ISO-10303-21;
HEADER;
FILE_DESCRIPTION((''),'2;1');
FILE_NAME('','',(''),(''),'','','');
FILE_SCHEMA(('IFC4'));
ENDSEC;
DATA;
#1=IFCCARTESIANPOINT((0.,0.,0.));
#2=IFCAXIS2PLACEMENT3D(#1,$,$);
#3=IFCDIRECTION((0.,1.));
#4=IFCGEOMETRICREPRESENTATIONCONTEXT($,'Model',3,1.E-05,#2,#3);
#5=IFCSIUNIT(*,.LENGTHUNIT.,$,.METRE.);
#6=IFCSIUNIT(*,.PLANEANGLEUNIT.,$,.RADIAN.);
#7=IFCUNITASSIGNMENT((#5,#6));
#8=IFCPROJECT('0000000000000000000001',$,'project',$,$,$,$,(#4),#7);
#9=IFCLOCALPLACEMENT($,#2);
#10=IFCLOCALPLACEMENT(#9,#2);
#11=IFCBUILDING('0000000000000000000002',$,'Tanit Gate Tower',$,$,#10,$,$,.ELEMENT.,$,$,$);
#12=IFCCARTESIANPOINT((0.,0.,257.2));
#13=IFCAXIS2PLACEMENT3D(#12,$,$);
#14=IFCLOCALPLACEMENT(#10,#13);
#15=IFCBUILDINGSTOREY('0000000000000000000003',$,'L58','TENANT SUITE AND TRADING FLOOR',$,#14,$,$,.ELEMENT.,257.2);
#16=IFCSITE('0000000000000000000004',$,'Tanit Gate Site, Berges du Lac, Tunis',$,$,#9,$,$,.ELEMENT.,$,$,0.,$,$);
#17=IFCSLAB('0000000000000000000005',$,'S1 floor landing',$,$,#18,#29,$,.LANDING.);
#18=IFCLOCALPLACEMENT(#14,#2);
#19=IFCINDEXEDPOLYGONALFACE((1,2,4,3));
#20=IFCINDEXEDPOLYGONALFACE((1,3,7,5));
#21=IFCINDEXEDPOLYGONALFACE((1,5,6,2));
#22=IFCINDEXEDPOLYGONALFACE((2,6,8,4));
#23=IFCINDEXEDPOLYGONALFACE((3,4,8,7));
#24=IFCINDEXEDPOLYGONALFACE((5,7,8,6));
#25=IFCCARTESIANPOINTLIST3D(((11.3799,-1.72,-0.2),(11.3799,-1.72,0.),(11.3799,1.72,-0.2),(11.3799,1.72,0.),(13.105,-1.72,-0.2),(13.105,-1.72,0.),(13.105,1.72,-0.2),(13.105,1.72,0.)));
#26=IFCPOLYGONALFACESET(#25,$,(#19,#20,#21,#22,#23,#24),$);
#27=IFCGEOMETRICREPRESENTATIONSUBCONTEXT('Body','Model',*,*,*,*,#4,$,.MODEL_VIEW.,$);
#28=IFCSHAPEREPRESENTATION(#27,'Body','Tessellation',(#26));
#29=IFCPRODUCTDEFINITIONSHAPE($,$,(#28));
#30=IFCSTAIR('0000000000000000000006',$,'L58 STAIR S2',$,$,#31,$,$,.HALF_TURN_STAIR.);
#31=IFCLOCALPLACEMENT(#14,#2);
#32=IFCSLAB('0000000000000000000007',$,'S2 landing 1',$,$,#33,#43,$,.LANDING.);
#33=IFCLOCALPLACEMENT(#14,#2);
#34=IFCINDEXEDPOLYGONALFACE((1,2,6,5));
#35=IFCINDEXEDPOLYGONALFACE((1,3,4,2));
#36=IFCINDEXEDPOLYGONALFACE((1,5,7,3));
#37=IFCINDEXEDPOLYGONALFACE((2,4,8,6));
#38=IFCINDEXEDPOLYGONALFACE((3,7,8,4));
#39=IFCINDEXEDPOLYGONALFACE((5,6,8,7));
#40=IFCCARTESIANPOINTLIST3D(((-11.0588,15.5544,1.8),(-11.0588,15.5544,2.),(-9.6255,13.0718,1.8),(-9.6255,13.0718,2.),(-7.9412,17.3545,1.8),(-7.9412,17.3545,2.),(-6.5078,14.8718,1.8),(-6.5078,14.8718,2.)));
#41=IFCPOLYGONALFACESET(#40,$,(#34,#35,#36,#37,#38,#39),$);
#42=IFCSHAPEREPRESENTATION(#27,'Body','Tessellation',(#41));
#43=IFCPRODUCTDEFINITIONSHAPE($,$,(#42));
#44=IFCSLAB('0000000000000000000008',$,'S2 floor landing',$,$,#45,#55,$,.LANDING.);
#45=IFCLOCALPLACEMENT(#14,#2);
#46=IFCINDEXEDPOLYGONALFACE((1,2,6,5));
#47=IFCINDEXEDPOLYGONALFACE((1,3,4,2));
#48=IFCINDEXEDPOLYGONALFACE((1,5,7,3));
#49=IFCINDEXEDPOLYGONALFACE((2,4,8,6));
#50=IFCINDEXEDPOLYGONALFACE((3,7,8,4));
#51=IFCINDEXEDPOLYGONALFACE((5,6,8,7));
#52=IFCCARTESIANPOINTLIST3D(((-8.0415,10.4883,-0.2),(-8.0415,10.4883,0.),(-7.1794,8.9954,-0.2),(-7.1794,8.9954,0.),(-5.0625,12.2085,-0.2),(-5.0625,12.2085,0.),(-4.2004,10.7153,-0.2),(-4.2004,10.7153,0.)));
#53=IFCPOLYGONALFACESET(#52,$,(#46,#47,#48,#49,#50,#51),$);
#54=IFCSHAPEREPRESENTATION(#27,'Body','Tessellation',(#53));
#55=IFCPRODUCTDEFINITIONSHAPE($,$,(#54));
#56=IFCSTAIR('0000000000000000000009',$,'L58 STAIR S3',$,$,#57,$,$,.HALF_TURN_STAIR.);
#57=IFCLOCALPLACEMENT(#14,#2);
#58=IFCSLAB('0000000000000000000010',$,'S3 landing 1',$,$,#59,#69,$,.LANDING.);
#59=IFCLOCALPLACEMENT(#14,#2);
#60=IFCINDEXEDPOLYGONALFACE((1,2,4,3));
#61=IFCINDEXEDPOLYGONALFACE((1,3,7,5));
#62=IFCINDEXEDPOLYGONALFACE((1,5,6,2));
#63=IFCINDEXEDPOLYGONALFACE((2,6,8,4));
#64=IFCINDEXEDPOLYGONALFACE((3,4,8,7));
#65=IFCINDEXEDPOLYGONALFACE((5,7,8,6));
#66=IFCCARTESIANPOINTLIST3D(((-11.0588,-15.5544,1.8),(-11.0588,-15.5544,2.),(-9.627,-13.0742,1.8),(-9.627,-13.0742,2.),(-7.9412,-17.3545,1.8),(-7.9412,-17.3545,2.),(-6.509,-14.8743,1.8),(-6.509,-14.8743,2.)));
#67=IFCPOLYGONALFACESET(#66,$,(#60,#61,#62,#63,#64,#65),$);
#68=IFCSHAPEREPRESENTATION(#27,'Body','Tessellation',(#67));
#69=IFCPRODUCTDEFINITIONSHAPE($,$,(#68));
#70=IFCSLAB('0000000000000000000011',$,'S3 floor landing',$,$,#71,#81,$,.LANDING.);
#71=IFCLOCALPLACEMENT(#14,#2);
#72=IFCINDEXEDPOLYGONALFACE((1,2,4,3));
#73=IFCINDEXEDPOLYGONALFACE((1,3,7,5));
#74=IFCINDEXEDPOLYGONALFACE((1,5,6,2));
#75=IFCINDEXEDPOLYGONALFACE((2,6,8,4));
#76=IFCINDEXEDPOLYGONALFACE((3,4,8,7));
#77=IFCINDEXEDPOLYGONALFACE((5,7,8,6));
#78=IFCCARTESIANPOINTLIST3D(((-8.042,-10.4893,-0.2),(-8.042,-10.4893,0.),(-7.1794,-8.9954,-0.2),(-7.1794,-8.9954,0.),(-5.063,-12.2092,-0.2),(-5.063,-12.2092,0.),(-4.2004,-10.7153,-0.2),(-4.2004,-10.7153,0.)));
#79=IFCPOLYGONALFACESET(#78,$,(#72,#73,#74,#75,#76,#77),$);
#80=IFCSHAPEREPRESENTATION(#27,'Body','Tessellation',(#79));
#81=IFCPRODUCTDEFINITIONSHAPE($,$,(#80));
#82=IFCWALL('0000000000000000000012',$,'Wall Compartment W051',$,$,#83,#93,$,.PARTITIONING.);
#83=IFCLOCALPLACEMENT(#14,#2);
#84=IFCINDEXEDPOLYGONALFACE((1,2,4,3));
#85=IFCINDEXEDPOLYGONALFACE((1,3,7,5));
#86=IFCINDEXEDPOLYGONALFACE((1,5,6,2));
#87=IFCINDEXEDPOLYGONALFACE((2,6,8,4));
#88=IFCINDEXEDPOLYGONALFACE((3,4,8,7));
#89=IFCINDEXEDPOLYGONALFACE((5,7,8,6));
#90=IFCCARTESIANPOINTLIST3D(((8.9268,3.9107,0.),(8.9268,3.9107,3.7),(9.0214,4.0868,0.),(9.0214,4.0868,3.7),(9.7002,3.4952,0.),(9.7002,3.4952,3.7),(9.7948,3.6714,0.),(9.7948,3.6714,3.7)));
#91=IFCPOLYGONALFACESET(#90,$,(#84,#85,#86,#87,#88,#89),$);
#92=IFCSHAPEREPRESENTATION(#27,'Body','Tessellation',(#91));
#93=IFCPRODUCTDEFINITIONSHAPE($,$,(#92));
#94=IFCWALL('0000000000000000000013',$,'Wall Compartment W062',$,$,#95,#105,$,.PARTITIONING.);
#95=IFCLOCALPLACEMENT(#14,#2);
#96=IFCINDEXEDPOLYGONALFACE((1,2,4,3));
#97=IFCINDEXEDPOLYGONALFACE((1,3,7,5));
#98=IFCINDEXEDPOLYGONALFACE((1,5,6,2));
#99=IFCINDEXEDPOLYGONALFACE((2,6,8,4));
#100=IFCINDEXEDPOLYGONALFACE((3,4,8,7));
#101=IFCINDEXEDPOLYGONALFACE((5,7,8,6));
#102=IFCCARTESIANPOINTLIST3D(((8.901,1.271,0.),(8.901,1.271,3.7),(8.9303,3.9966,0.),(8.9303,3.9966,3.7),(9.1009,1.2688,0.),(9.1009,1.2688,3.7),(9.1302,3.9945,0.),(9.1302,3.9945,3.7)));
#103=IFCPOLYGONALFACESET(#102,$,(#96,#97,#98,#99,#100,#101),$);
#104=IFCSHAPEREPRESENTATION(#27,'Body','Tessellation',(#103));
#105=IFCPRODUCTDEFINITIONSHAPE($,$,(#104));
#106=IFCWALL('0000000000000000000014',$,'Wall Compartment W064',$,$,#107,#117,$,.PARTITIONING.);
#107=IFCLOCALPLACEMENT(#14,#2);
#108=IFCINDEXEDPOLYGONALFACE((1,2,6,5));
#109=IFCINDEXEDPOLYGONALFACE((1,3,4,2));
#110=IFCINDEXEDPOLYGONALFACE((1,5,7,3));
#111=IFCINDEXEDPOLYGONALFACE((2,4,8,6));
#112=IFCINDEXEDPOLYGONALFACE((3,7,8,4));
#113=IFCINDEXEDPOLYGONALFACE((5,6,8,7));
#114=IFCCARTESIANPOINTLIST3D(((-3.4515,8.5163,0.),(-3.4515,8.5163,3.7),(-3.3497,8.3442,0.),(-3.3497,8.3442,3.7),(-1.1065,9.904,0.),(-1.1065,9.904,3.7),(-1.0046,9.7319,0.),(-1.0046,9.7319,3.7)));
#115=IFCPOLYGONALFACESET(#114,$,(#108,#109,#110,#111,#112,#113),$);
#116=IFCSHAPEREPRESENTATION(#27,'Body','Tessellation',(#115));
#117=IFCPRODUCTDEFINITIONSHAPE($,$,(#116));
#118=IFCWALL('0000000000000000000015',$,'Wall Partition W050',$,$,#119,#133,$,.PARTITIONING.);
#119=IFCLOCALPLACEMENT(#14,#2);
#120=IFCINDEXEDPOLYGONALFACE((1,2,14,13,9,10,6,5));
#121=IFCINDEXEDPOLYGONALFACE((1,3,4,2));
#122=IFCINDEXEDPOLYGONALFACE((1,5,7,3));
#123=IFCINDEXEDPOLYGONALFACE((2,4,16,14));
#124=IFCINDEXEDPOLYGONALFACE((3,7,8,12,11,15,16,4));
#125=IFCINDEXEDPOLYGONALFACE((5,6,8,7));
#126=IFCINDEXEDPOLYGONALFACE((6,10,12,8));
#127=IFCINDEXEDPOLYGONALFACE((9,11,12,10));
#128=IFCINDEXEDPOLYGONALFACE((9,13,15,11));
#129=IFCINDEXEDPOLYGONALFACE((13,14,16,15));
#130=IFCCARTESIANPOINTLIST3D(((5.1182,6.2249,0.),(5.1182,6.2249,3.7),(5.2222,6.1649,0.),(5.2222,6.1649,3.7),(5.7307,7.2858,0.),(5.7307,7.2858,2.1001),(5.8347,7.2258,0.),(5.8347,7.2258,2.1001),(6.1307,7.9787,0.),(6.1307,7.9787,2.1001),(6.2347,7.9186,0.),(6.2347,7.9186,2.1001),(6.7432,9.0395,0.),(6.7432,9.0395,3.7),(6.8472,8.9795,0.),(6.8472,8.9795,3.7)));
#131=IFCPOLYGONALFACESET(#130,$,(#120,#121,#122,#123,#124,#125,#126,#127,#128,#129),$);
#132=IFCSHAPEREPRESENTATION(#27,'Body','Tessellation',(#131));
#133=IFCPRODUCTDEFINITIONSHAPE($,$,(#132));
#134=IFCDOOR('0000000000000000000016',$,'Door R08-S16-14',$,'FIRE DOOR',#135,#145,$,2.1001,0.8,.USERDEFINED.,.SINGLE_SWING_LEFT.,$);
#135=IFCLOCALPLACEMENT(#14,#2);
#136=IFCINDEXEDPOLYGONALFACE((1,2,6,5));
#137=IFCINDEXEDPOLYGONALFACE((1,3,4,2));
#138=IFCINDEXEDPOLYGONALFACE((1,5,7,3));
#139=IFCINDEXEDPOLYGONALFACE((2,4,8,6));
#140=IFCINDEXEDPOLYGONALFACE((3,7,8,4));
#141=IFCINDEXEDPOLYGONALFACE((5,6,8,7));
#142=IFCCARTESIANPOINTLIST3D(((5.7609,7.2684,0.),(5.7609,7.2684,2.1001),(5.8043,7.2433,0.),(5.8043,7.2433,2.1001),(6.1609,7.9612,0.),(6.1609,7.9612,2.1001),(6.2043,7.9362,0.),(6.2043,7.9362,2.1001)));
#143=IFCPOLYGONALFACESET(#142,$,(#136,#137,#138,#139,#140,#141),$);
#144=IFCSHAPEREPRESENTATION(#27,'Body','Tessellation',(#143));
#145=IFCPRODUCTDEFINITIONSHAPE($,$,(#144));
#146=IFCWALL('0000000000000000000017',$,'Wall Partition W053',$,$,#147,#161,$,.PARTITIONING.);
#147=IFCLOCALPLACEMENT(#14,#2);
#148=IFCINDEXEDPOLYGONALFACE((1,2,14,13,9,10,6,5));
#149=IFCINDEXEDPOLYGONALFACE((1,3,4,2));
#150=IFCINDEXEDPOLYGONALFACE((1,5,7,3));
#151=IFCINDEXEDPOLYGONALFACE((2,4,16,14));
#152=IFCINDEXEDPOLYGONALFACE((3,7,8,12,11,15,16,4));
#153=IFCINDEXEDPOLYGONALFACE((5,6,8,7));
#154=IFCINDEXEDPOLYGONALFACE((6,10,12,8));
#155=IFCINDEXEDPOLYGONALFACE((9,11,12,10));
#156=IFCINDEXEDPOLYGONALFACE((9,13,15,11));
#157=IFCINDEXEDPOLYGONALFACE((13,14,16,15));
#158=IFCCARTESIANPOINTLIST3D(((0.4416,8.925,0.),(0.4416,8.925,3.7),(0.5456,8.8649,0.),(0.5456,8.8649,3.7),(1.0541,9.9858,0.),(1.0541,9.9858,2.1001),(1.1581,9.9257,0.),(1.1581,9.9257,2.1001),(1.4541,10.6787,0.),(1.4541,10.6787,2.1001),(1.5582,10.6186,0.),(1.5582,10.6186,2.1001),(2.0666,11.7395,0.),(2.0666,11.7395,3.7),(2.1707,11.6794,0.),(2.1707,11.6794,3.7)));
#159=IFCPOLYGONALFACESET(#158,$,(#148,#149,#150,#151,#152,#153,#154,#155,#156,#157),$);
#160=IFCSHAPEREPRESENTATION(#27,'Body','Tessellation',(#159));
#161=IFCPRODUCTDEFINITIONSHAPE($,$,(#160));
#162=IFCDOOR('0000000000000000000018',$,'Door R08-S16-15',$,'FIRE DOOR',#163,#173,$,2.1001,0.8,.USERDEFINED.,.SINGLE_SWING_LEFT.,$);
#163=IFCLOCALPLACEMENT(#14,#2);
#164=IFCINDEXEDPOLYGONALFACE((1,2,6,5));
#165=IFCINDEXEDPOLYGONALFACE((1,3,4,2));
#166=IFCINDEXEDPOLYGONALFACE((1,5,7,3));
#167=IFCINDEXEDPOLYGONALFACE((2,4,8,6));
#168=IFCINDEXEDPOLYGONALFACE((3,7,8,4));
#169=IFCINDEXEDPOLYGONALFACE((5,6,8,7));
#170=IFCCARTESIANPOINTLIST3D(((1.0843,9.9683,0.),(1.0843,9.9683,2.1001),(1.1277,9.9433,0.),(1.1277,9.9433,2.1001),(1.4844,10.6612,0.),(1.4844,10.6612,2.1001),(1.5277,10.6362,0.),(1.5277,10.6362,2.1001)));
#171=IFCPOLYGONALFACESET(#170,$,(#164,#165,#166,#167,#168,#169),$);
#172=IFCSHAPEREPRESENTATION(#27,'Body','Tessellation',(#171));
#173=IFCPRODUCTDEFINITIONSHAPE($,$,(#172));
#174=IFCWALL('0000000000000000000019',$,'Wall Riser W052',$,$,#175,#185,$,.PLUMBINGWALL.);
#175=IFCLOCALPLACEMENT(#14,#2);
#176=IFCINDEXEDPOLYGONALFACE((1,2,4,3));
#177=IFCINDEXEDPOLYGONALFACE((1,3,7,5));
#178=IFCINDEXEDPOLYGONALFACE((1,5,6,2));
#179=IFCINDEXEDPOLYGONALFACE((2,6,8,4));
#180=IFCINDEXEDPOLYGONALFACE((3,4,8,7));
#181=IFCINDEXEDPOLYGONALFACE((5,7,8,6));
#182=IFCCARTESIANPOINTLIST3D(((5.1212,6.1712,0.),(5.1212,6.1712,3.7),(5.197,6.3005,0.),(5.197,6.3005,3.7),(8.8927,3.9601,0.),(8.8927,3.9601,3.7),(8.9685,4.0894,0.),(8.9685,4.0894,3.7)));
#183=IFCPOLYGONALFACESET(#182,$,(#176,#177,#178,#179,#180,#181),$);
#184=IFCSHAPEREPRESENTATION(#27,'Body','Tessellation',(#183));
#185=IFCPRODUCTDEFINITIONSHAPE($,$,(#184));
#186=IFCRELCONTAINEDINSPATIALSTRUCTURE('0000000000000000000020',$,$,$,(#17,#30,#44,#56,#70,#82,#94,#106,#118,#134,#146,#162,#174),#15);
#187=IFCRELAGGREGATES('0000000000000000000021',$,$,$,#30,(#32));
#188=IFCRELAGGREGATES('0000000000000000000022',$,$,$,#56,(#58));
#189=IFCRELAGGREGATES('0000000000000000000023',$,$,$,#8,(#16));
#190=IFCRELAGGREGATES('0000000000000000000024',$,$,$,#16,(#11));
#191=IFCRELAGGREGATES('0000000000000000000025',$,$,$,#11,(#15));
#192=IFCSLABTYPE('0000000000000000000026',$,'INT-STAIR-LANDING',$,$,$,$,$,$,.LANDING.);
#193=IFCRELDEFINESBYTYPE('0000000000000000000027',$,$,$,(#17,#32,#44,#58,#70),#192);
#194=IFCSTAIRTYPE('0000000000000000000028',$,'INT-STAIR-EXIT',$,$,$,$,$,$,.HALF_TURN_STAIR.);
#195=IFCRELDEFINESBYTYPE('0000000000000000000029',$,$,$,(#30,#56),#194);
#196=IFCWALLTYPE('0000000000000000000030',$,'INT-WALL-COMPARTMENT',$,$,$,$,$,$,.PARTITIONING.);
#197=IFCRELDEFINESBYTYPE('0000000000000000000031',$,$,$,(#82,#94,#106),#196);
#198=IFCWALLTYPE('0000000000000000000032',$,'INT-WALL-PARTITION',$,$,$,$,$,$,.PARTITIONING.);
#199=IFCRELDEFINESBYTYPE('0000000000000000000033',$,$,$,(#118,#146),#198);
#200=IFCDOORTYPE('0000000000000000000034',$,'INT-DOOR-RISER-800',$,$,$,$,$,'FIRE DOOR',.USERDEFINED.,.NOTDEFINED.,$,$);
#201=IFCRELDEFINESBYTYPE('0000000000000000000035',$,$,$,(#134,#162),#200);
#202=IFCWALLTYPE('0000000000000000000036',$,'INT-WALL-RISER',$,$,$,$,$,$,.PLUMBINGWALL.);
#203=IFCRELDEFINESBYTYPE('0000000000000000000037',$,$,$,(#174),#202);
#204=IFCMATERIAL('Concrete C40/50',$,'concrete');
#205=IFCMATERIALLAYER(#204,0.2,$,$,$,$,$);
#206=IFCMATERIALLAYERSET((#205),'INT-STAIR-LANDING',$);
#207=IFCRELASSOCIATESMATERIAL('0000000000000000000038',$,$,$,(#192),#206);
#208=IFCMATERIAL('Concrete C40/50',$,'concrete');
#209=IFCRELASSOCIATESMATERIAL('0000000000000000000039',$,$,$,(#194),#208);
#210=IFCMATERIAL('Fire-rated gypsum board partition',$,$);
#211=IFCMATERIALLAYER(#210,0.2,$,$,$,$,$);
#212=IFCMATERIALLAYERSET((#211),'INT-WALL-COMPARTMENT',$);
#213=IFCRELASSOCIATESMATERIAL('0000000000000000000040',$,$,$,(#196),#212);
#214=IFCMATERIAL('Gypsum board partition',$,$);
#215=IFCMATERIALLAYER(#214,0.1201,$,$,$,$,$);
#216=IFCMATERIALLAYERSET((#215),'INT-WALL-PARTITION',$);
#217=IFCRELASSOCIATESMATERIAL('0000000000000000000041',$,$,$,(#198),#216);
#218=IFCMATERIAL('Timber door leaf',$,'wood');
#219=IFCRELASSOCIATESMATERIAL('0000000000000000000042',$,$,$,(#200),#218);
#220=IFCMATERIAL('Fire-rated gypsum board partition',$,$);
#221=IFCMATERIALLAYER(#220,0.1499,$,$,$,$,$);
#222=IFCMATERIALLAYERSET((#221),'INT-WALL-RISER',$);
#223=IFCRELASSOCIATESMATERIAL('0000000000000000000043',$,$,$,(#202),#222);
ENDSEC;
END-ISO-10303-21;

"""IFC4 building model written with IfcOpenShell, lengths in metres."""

from ifc_helpers import new_model, si_unit, direction, frame, frame_2d, origin, place, context, subcontext, project, spatial, polyline, rectangle, outline, extrude, material, layer, layer_set, type_object, element, fill, aggregate, save


model = new_model("IFC4")

# Units and contexts
model_context = context("Model", 3, precision=1e-05, world=origin(), true_north=direction((0.0, 1.0)))
body_context = subcontext(model_context, "Body", "Model", "MODEL_VIEW")
ifc_project = project(units=[si_unit("LENGTHUNIT", "METRE"), si_unit("PLANEANGLEUNIT", "RADIAN")], contexts=[model_context])

# Site, building, storey
site_placement = place(None, origin())
site = spatial("IfcSite", under=ifc_project, at=site_placement, Name="Tanit Gate Site, Berges du Lac, Tunis", CompositionType="ELEMENT", RefElevation=0.0)
building_placement = place(site_placement, origin())
building = spatial("IfcBuilding", under=site, at=building_placement, Name="Tanit Gate Tower", CompositionType="ELEMENT")
storey_placement = place(building_placement, frame((0.0, 0.0, 257.2)))
storey = spatial("IfcBuildingStorey", under=building, at=storey_placement, Name="L58", Description="TENANT SUITE AND TRADING FLOOR", CompositionType="ELEMENT", Elevation=257.2)

# Slab
ifc_material_1 = material(Name="Concrete C40/50", Category="concrete")
ifc_layer_1 = layer(ifc_material_1, 0.2)
ifc_layer_set_1 = layer_set([ifc_layer_1], Name="INT-STAIR-LANDING")
slab_type = type_object("IfcSlabType", Name="INT-STAIR-LANDING", PredefinedType="LANDING", material=ifc_layer_set_1)
slab_1_placement = place(storey_placement, frame((0.0, 0.0, -0.2)))
element("IfcSlab", 1, at=slab_1_placement, inside=storey, type_object=slab_type, Name="S1 floor landing", PredefinedType="LANDING", context=body_context, shape_type="SweptSolid", body=[
    extrude(outline(polyline([(11.3799, -1.72), (13.105, -1.72), (13.105, 1.72), (11.3799, 1.72), (11.3799, -1.72)])), origin(), (0.0, 0.0, 1.0), 0.2),
])

# Stair, slab
ifc_material_2 = material(Name="Concrete C40/50", Category="concrete")
stair_type = type_object("IfcStairType", Name="INT-STAIR-EXIT", PredefinedType="HALF_TURN_STAIR", material=ifc_material_2)
stair_1_placement = place(storey_placement, origin())
stair_1 = element("IfcStair", 2, at=stair_1_placement, inside=storey, type_object=stair_type, Name="L58 STAIR S2", PredefinedType="HALF_TURN_STAIR")
slab_2_placement = place(storey_placement, frame((0.0, 0.0, 1.8)))
slab_2 = element("IfcSlab", 3, at=slab_2_placement, type_object=slab_type, Name="S2 landing 1", PredefinedType="LANDING", context=body_context, shape_type="SweptSolid", body=[
    extrude(outline(polyline([(-6.5078, 14.8718), (-7.9412, 17.3545), (-11.0588, 15.5544), (-9.6255, 13.0718), (-6.5078, 14.8718)])), origin(), (0.0, 0.0, 1.0), 0.2),
])
aggregate(stair_1, [slab_2])

# Slab
slab_3_placement = place(storey_placement, frame((0.0, 0.0, -0.2)))
element("IfcSlab", 4, at=slab_3_placement, inside=storey, type_object=slab_type, Name="S2 floor landing", PredefinedType="LANDING", context=body_context, shape_type="SweptSolid", body=[
    extrude(outline(polyline([(-4.2004, 10.7153), (-5.0625, 12.2085), (-8.0415, 10.4883), (-7.1794, 8.9954), (-4.2004, 10.7153)])), origin(), (0.0, 0.0, 1.0), 0.2),
])

# Stair, slab
stair_2_placement = place(storey_placement, origin())
stair_2 = element("IfcStair", 5, at=stair_2_placement, inside=storey, type_object=stair_type, Name="L58 STAIR S3", PredefinedType="HALF_TURN_STAIR")
slab_4_placement = place(storey_placement, frame((0.0, 0.0, 1.8)))
slab_4 = element("IfcSlab", 6, at=slab_4_placement, type_object=slab_type, Name="S3 landing 1", PredefinedType="LANDING", context=body_context, shape_type="SweptSolid", body=[
    extrude(outline(polyline([(-9.627, -13.0742), (-11.0588, -15.5544), (-7.9412, -17.3545), (-6.509, -14.8743), (-9.627, -13.0742)])), origin(), (0.0, 0.0, 1.0), 0.2),
])
aggregate(stair_2, [slab_4])

# Slab
slab_5_placement = place(storey_placement, frame((0.0, 0.0, -0.2)))
element("IfcSlab", 7, at=slab_5_placement, inside=storey, type_object=slab_type, Name="S3 floor landing", PredefinedType="LANDING", context=body_context, shape_type="SweptSolid", body=[
    extrude(outline(polyline([(-7.1794, -8.9954), (-8.042, -10.4893), (-5.063, -12.2092), (-4.2004, -10.7153), (-7.1794, -8.9954)])), origin(), (0.0, 0.0, 1.0), 0.2),
])

# Walls
ifc_material_3 = material(Name="Fire-rated gypsum board partition")
ifc_layer_2 = layer(ifc_material_3, 0.2)
ifc_layer_set_2 = layer_set([ifc_layer_2], Name="INT-WALL-COMPARTMENT")
wall_type_1 = type_object("IfcWallType", Name="INT-WALL-COMPARTMENT", PredefinedType="PARTITIONING", material=ifc_layer_set_2)
wall_1_placement = place(storey_placement, frame((8.9741, 3.9988, 0.0), z_axis=(0.0, 0.0, 1.0), x_axis=(0.880917, -0.473271, 0.0)))
element("IfcWall", 8, at=wall_1_placement, inside=storey, type_object=wall_type_1, Name="Wall Compartment W051", PredefinedType="PARTITIONING", context=body_context, shape_type="SweptSolid", body=[
    extrude(rectangle(XDim=0.8779, YDim=0.2, at=frame_2d((0.439, 0.0))), origin(), (0.0, 0.0, 1.0), 3.7),
])
wall_2_placement = place(storey_placement, frame((9.001, 1.27, 0.0), z_axis=(0.0, 0.0, 1.0), x_axis=(0.010748, 0.999942, 0.0)))
element("IfcWall", 9, at=wall_2_placement, inside=storey, type_object=wall_type_1, Name="Wall Compartment W062", PredefinedType="PARTITIONING", context=body_context, shape_type="SweptSolid", body=[
    extrude(rectangle(XDim=2.7258, YDim=0.2, at=frame_2d((1.3628, 0.0))), origin(), (0.0, 0.0, 1.0), 3.7),
])
wall_3_placement = place(storey_placement, frame((-1.0557, 9.8179, 0.0), z_axis=(0.0, 0.0, 1.0), x_axis=(-0.8606, -0.509282, 0.0)))
element("IfcWall", 10, at=wall_3_placement, inside=storey, type_object=wall_type_1, Name="Wall Compartment W064", PredefinedType="PARTITIONING", context=body_context, shape_type="SweptSolid", body=[
    extrude(rectangle(XDim=2.7249, YDim=0.2, at=frame_2d((1.3623, 0.0))), origin(), (0.0, 0.0, 1.0), 3.7),
])

# Walls, openings, doors
ifc_material_4 = material(Name="Gypsum board partition")
ifc_layer_3 = layer(ifc_material_4, 0.1201)
ifc_layer_set_3 = layer_set([ifc_layer_3], Name="INT-WALL-PARTITION")
wall_type_2 = type_object("IfcWallType", Name="INT-WALL-PARTITION", PredefinedType="PARTITIONING", material=ifc_layer_set_3)
wall_4_placement = place(storey_placement, frame((6.7952, 9.0095, 0.0), z_axis=(0.0, 0.0, 1.0), x_axis=(-0.499985, -0.866034, 0.0)))
wall_4 = element("IfcWall", 11, at=wall_4_placement, inside=storey, type_object=wall_type_2, Name="Wall Partition W050", PredefinedType="PARTITIONING", context=body_context, shape_type="SweptSolid", body=[
    extrude(rectangle(XDim=3.25, YDim=0.1201, at=frame_2d((1.625, 0.0))), origin(), (0.0, 0.0, 1.0), 3.7),
])
opening_1_placement = place(wall_4_placement, frame((1.2251, 0.0, 0.0)))
opening_1 = element("IfcOpeningElement", 12, at=opening_1_placement, cuts=wall_4, PredefinedType="OPENING", context=body_context, shape_type="SweptSolid", body=[
    extrude(rectangle(XDim=0.8, YDim=2.1001, at=frame_2d((0.3999, 1.05))), frame((0.0, 0.0701, 0.0), z_axis=(0.0, -1.0, 0.0), x_axis=(1.0, 0.0, 0.0)), (0.0, 0.0, 1.0), 0.1401),
])
ifc_material_5 = material(Name="Timber door leaf", Category="wood")
door_type_1 = type_object("IfcDoorType", Name="INT-DOOR-RISER-800", ElementType="FIRE DOOR", OperationType="NOTDEFINED", PredefinedType="USERDEFINED", material=ifc_material_5)
door_1_placement = place(opening_1_placement, origin())
door_1 = element("IfcDoor", 13, at=door_1_placement, inside=storey, type_object=door_type_1, Name="Door R08-S16-14", ObjectType="FIRE DOOR", OperationType="SINGLE_SWING_LEFT", OverallHeight=2.1001, OverallWidth=0.8, PredefinedType="USERDEFINED", context=body_context, shape_type="SweptSolid", body=[
    extrude(rectangle(XDim=0.8, YDim=2.1001, at=frame_2d((0.3999, 1.05))), frame((0.0, 0.0249, 0.0), z_axis=(0.0, -1.0, 0.0), x_axis=(1.0, 0.0, 0.0)), (0.0, 0.0, 1.0), 0.05),
])
fill(opening_1, door_1)
wall_5_placement = place(storey_placement, frame((2.1187, 11.7095, 0.0), z_axis=(0.0, 0.0, 1.0), x_axis=(-0.500017, -0.866015, 0.0)))
wall_5 = element("IfcWall", 14, at=wall_5_placement, inside=storey, type_object=wall_type_2, Name="Wall Partition W053", PredefinedType="PARTITIONING", context=body_context, shape_type="SweptSolid", body=[
    extrude(rectangle(XDim=3.25, YDim=0.1201, at=frame_2d((1.625, 0.0))), origin(), (0.0, 0.0, 1.0), 3.7),
])
opening_2_placement = place(wall_5_placement, frame((1.2251, 0.0, 0.0)))
opening_2 = element("IfcOpeningElement", 15, at=opening_2_placement, cuts=wall_5, PredefinedType="OPENING", context=body_context, shape_type="SweptSolid", body=[
    extrude(rectangle(XDim=0.8, YDim=2.1001, at=frame_2d((0.3999, 1.05))), frame((0.0, 0.0701, 0.0), z_axis=(0.0, -1.0, 0.0), x_axis=(1.0, 0.0, 0.0)), (0.0, 0.0, 1.0), 0.1401),
])
door_2_placement = place(opening_2_placement, origin())
door_2 = element("IfcDoor", 16, at=door_2_placement, inside=storey, type_object=door_type_1, Name="Door R08-S16-15", ObjectType="FIRE DOOR", OperationType="SINGLE_SWING_LEFT", OverallHeight=2.1001, OverallWidth=0.8, PredefinedType="USERDEFINED", context=body_context, shape_type="SweptSolid", body=[
    extrude(rectangle(XDim=0.8, YDim=2.1001, at=frame_2d((0.3999, 1.05))), frame((0.0, 0.0249, 0.0), z_axis=(0.0, -1.0, 0.0), x_axis=(1.0, 0.0, 0.0)), (0.0, 0.0, 1.0), 0.05),
])
fill(opening_2, door_2)

# Wall
ifc_material_6 = material(Name="Fire-rated gypsum board partition")
ifc_layer_4 = layer(ifc_material_6, 0.1499)
ifc_layer_set_4 = layer_set([ifc_layer_4], Name="INT-WALL-RISER")
wall_type_3 = type_object("IfcWallType", Name="INT-WALL-RISER", PredefinedType="PLUMBINGWALL", material=ifc_layer_set_4)
wall_6_placement = place(storey_placement, frame((8.9307, 4.0247, 0.0), z_axis=(0.0, 0.0, 1.0), x_axis=(-0.862667, 0.505773, 0.0)))
element("IfcWall", 17, at=wall_6_placement, inside=storey, type_object=wall_type_3, Name="Wall Riser W052", PredefinedType="PLUMBINGWALL", context=body_context, shape_type="SweptSolid", body=[
    extrude(rectangle(XDim=4.3718, YDim=0.1499, at=frame_2d((2.186, 0.0))), origin(), (0.0, 0.0, 1.0), 3.7),
])

save(model, "model.ifc")
